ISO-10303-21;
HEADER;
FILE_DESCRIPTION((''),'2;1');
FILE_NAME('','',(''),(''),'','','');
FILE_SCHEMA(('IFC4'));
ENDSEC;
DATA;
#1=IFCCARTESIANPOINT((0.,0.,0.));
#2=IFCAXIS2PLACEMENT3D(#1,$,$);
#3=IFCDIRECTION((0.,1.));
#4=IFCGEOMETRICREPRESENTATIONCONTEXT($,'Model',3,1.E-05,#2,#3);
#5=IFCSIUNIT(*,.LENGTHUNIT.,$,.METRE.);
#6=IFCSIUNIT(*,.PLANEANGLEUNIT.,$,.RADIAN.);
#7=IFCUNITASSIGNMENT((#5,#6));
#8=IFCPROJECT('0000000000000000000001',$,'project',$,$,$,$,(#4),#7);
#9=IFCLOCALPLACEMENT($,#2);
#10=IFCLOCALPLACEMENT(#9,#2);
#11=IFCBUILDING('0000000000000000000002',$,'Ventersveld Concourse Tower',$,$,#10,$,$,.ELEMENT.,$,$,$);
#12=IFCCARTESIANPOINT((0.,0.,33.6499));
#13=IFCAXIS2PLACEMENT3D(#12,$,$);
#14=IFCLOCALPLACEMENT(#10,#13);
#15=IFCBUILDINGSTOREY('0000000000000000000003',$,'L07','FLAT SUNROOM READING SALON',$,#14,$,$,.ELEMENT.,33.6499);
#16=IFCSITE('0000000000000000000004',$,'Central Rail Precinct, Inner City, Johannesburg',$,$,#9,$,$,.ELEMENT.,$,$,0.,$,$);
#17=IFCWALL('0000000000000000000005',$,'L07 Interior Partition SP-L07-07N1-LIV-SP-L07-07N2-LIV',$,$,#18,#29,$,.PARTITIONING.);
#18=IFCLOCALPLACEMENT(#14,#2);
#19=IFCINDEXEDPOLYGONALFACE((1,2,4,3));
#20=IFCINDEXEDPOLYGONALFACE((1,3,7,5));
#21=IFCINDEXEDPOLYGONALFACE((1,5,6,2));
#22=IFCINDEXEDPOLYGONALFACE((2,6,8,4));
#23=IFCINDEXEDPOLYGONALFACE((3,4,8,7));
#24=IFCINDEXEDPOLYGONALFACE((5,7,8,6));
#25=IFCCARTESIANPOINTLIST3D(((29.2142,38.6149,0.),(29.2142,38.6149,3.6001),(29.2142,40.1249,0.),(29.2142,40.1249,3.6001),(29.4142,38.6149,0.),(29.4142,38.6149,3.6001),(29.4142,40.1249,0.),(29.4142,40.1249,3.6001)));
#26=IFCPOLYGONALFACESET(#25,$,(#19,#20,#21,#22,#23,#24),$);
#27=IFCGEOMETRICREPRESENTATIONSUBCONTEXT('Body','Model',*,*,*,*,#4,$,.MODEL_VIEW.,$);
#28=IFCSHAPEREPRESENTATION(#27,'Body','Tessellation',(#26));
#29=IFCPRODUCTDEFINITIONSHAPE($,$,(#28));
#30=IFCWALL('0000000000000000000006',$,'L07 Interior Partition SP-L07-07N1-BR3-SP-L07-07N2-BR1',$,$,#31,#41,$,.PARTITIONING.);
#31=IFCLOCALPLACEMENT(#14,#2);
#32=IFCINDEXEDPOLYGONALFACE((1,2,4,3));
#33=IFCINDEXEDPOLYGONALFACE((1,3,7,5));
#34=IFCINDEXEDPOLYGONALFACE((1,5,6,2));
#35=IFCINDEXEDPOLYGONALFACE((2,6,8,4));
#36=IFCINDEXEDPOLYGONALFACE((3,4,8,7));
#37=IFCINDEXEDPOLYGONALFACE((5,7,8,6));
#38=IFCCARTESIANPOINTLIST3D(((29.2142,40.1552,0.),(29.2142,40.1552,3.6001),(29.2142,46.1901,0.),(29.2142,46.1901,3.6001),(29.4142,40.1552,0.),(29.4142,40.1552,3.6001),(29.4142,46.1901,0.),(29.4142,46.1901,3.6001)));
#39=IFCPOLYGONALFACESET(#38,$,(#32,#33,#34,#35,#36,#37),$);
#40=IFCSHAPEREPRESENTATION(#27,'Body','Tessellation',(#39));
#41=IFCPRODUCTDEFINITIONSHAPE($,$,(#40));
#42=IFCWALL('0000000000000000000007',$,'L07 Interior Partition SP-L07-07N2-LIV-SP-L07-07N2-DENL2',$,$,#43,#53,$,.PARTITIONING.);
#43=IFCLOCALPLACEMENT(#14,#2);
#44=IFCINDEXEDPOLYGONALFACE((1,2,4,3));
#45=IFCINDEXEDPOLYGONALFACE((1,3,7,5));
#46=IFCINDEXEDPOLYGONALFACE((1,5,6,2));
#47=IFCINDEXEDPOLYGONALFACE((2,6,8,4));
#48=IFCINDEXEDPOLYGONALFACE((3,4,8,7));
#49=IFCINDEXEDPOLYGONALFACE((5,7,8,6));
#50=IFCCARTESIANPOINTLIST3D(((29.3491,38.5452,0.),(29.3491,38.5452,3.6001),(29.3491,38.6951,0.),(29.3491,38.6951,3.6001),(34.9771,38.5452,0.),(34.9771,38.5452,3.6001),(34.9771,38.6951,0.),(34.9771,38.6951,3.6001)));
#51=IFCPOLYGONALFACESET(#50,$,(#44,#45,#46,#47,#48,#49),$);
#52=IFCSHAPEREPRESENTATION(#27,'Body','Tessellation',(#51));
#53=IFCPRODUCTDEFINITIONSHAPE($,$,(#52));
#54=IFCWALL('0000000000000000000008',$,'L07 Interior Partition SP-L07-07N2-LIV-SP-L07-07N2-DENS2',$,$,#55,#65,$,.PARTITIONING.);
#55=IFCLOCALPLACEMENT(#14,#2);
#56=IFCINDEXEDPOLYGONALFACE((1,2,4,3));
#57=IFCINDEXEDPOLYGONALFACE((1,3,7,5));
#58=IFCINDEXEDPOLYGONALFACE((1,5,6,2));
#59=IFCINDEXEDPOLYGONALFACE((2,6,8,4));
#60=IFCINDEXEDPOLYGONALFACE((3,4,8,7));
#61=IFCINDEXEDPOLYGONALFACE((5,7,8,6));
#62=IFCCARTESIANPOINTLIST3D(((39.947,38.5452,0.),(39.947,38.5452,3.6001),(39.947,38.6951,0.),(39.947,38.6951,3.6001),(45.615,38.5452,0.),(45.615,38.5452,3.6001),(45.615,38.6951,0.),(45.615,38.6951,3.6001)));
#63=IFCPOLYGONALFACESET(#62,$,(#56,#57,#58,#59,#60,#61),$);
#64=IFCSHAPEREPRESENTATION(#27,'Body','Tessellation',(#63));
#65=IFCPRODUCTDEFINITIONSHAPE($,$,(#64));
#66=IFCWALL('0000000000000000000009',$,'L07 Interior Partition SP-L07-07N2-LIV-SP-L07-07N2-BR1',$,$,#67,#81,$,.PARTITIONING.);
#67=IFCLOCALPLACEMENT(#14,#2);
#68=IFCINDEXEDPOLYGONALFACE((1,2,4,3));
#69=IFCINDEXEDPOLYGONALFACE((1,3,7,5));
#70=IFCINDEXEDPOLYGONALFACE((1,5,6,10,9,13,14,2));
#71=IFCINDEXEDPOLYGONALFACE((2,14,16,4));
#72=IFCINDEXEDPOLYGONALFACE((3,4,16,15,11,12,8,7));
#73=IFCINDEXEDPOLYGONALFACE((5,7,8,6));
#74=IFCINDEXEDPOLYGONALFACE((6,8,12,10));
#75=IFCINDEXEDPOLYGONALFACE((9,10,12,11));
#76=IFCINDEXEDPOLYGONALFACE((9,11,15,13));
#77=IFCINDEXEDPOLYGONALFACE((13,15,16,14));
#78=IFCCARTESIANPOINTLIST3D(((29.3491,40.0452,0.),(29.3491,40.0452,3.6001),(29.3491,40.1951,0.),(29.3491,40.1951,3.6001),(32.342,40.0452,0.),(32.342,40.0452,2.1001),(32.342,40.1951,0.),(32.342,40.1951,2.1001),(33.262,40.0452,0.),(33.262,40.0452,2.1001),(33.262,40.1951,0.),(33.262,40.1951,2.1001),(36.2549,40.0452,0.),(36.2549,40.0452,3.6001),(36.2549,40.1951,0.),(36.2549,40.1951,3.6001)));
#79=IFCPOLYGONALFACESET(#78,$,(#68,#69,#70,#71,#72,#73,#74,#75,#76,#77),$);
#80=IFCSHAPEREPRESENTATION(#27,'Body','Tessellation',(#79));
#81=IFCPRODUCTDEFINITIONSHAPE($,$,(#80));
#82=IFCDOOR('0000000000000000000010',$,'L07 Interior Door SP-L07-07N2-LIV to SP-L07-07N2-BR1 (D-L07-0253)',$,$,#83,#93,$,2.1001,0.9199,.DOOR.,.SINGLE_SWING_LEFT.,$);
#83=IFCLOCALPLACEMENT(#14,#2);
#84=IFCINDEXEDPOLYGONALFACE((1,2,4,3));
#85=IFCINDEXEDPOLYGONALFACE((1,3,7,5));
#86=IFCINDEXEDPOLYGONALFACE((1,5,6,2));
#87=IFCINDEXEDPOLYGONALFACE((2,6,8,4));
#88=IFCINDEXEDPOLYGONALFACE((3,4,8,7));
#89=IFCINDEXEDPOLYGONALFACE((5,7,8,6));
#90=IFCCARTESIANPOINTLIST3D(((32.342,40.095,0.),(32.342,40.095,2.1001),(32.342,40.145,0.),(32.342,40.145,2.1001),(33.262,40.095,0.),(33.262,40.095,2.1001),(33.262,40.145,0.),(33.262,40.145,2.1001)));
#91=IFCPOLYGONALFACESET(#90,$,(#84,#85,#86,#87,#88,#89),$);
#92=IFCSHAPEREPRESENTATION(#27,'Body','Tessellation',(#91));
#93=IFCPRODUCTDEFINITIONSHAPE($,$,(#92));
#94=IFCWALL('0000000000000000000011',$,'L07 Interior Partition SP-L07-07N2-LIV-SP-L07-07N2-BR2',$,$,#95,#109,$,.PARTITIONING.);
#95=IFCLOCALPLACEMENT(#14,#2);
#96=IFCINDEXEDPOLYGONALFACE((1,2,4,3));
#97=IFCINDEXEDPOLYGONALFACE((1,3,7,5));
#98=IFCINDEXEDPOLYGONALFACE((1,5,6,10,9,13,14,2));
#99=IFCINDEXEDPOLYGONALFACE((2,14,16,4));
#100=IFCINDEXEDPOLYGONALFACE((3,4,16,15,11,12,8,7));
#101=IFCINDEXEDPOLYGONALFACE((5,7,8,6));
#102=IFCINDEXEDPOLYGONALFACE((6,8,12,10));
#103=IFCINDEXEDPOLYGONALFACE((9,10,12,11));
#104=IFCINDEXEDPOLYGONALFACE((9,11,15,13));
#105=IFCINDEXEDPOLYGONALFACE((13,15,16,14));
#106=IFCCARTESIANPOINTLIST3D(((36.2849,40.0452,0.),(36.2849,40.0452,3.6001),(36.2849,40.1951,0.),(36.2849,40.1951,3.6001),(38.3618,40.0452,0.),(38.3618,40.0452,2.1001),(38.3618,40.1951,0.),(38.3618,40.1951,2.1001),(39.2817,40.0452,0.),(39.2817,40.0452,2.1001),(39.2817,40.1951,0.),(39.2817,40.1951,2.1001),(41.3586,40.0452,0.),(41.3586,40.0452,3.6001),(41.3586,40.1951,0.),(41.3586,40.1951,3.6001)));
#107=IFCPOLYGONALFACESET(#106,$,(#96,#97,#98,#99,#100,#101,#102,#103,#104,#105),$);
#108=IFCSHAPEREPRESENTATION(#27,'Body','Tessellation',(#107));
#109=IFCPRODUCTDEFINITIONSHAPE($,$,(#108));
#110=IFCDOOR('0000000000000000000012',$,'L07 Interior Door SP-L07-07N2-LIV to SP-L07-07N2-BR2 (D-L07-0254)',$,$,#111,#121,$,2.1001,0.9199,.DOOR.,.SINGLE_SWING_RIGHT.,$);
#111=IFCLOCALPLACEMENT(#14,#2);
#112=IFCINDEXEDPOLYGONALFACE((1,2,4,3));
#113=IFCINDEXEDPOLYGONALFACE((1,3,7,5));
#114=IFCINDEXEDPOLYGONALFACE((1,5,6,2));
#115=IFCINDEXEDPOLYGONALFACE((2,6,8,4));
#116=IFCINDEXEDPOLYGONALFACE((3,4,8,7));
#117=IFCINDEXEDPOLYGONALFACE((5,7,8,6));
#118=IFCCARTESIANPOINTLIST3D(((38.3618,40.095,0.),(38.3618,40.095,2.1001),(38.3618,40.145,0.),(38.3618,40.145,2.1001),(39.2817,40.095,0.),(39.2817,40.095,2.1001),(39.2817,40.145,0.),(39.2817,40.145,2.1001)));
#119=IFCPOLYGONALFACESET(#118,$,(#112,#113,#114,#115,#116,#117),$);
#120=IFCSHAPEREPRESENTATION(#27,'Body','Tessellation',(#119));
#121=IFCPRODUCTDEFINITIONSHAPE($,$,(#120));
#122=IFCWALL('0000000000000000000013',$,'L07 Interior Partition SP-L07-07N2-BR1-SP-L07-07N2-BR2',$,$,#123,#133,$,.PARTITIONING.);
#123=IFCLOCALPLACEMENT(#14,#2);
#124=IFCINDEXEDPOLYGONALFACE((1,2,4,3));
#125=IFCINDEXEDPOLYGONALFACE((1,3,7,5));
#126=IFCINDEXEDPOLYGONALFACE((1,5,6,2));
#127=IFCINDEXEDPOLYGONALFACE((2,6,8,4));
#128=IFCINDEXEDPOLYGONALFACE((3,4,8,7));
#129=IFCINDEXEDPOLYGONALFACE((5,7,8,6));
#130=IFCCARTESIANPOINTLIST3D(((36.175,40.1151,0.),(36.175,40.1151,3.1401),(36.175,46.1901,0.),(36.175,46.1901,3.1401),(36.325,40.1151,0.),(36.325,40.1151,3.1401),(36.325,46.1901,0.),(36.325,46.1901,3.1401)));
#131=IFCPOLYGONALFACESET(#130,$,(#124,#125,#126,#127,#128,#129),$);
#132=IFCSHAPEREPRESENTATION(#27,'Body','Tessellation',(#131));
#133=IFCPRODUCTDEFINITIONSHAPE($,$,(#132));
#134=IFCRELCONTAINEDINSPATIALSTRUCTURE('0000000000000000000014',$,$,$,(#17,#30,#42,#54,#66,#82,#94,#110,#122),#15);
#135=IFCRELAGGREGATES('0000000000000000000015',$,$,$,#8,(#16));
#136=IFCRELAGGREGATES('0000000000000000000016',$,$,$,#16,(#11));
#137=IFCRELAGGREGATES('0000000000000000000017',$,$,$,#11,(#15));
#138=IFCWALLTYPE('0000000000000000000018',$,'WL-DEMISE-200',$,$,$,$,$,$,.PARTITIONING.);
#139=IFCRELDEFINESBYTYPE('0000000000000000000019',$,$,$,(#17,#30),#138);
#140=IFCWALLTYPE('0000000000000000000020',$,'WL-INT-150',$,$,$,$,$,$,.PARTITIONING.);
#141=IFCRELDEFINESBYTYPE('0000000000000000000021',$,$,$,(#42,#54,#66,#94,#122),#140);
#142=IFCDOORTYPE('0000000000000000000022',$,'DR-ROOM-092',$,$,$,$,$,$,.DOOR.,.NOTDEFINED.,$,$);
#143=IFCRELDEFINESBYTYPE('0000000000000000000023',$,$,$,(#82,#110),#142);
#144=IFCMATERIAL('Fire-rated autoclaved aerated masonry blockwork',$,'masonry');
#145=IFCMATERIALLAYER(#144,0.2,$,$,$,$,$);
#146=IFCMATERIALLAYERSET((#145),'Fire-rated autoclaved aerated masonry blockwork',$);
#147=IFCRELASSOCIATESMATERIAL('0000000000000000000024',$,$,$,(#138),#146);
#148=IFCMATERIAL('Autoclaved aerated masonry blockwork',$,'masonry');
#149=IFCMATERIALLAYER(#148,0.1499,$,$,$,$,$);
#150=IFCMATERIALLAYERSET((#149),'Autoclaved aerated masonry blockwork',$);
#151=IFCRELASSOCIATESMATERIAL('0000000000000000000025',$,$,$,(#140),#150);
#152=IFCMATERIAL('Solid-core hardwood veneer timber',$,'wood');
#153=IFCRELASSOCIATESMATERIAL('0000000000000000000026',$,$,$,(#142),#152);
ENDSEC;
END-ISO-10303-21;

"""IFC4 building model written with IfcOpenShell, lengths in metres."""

from ifc_helpers import new_model, si_unit, direction, frame, frame_2d, origin, place, context, subcontext, project, spatial, rectangle, extrude, material, layer, layer_set, type_object, element, fill, save


model = new_model("IFC4")

# Units and contexts
model_context = context("Model", 3, precision=1e-05, world=origin(), true_north=direction((0.0, 1.0)))
body_context = subcontext(model_context, "Body", "Model", "MODEL_VIEW")
ifc_project = project(units=[si_unit("LENGTHUNIT", "METRE"), si_unit("PLANEANGLEUNIT", "RADIAN")], contexts=[model_context])

# Site, building, storey
site_placement = place(None, origin())
site = spatial("IfcSite", under=ifc_project, at=site_placement, Name="Central Rail Precinct, Inner City, Johannesburg", CompositionType="ELEMENT", RefElevation=0.0)
building_placement = place(site_placement, origin())
building = spatial("IfcBuilding", under=site, at=building_placement, Name="Ventersveld Concourse Tower", CompositionType="ELEMENT")
storey_placement = place(building_placement, frame((0.0, 0.0, 33.6499)))
storey = spatial("IfcBuildingStorey", under=building, at=storey_placement, Name="L07", Description="FLAT SUNROOM READING SALON", CompositionType="ELEMENT", Elevation=33.6499)

# Walls
ifc_material_1 = material(Name="Fire-rated autoclaved aerated masonry blockwork", Category="masonry")
ifc_layer_1 = layer(ifc_material_1, 0.2)
ifc_layer_set_1 = layer_set([ifc_layer_1], Name="Fire-rated autoclaved aerated masonry blockwork")
wall_type_1 = type_object("IfcWallType", Name="WL-DEMISE-200", PredefinedType="PARTITIONING", material=ifc_layer_set_1)
wall_1_placement = place(storey_placement, frame((29.3142, 38.615, 0.0), z_axis=(0.0, 0.0, 1.0), x_axis=(0.0, 1.0, 0.0)))
element("IfcWall", 1, at=wall_1_placement, inside=storey, type_object=wall_type_1, Name="L07 Interior Partition SP-L07-07N1-LIV-SP-L07-07N2-LIV", PredefinedType="PARTITIONING", context=body_context, shape_type="SweptSolid", body=[
    extrude(rectangle(XDim=1.51, YDim=0.2, at=frame_2d((0.7549, 0.0))), origin(), (0.0, 0.0, 1.0), 3.6001),
])
wall_2_placement = place(storey_placement, frame((29.3142, 40.155, 0.0), z_axis=(0.0, 0.0, 1.0), x_axis=(0.0, 1.0, 0.0)))
element("IfcWall", 2, at=wall_2_placement, inside=storey, type_object=wall_type_1, Name="L07 Interior Partition SP-L07-07N1-BR3-SP-L07-07N2-BR1", PredefinedType="PARTITIONING", context=body_context, shape_type="SweptSolid", body=[
    extrude(rectangle(XDim=6.0349, YDim=0.2, at=frame_2d((3.0176, 0.0))), origin(), (0.0, 0.0, 1.0), 3.6001),
])
ifc_material_2 = material(Name="Autoclaved aerated masonry blockwork", Category="masonry")
ifc_layer_2 = layer(ifc_material_2, 0.1499)
ifc_layer_set_2 = layer_set([ifc_layer_2], Name="Autoclaved aerated masonry blockwork")
wall_type_2 = type_object("IfcWallType", Name="WL-INT-150", PredefinedType="PARTITIONING", material=ifc_layer_set_2)
wall_3_placement = place(storey_placement, frame((29.3491, 38.6201, 0.0), z_axis=(0.0, 0.0, 1.0), x_axis=(1.0, 0.0, 0.0)))
element("IfcWall", 3, at=wall_3_placement, inside=storey, type_object=wall_type_2, Name="L07 Interior Partition SP-L07-07N2-LIV-SP-L07-07N2-DENL2", PredefinedType="PARTITIONING", context=body_context, shape_type="SweptSolid", body=[
    extrude(rectangle(XDim=5.6279, YDim=0.1499, at=frame_2d((2.814, 0.0))), origin(), (0.0, 0.0, 1.0), 3.6001),
])
wall_4_placement = place(storey_placement, frame((39.947, 38.6201, 0.0), z_axis=(0.0, 0.0, 1.0), x_axis=(1.0, 0.0, 0.0)))
element("IfcWall", 4, at=wall_4_placement, inside=storey, type_object=wall_type_2, Name="L07 Interior Partition SP-L07-07N2-LIV-SP-L07-07N2-DENS2", PredefinedType="PARTITIONING", context=body_context, shape_type="SweptSolid", body=[
    extrude(rectangle(XDim=5.668, YDim=0.1499, at=frame_2d((2.834, 0.0))), origin(), (0.0, 0.0, 1.0), 3.6001),
])

# Walls, openings, doors
wall_5_placement = place(storey_placement, frame((29.3491, 40.1201, 0.0), z_axis=(0.0, 0.0, 1.0), x_axis=(1.0, 0.0, 0.0)))
wall_5 = element("IfcWall", 5, at=wall_5_placement, inside=storey, type_object=wall_type_2, Name="L07 Interior Partition SP-L07-07N2-LIV-SP-L07-07N2-BR1", PredefinedType="PARTITIONING", context=body_context, shape_type="SweptSolid", body=[
    extrude(rectangle(XDim=6.9058, YDim=0.1499, at=frame_2d((3.4529, 0.0))), origin(), (0.0, 0.0, 1.0), 3.6001),
])
opening_1_placement = place(wall_5_placement, frame((2.9929, 0.0, 0.0)))
opening_1 = element("IfcOpeningElement", 6, at=opening_1_placement, cuts=wall_5, PredefinedType="OPENING", context=body_context, shape_type="SweptSolid", body=[
    extrude(rectangle(XDim=0.9199, YDim=2.1001, at=frame_2d((0.46, 1.05))), frame((0.0, 0.085, 0.0), z_axis=(0.0, -1.0, 0.0), x_axis=(1.0, 0.0, 0.0)), (0.0, 0.0, 1.0), 0.1699),
])
ifc_material_3 = material(Name="Solid-core hardwood veneer timber", Category="wood")
door_type = type_object("IfcDoorType", Name="DR-ROOM-092", OperationType="NOTDEFINED", PredefinedType="DOOR", material=ifc_material_3)
door_1_placement = place(opening_1_placement, origin())
door_1 = element("IfcDoor", 7, at=door_1_placement, inside=storey, type_object=door_type, Name="L07 Interior Door SP-L07-07N2-LIV to SP-L07-07N2-BR1 (D-L07-0253)", OperationType="SINGLE_SWING_LEFT", OverallHeight=2.1001, OverallWidth=0.9199, PredefinedType="DOOR", context=body_context, shape_type="SweptSolid", body=[
    extrude(rectangle(XDim=0.9199, YDim=2.1001, at=frame_2d((0.46, 1.05))), frame((0.0, 0.0249, 0.0), z_axis=(0.0, -1.0, 0.0), x_axis=(1.0, 0.0, 0.0)), (0.0, 0.0, 1.0), 0.05),
])
fill(opening_1, door_1)
wall_6_placement = place(storey_placement, frame((36.2849, 40.1201, 0.0), z_axis=(0.0, 0.0, 1.0), x_axis=(1.0, 0.0, 0.0)))
wall_6 = element("IfcWall", 8, at=wall_6_placement, inside=storey, type_object=wall_type_2, Name="L07 Interior Partition SP-L07-07N2-LIV-SP-L07-07N2-BR2", PredefinedType="PARTITIONING", context=body_context, shape_type="SweptSolid", body=[
    extrude(rectangle(XDim=5.0737, YDim=0.1499, at=frame_2d((2.5369, 0.0))), origin(), (0.0, 0.0, 1.0), 3.6001),
])
opening_2_placement = place(wall_6_placement, frame((2.0769, 0.0, 0.0)))
opening_2 = element("IfcOpeningElement", 9, at=opening_2_placement, cuts=wall_6, PredefinedType="OPENING", context=body_context, shape_type="SweptSolid", body=[
    extrude(rectangle(XDim=0.9199, YDim=2.1001, at=frame_2d((0.46, 1.05))), frame((0.0, 0.085, 0.0), z_axis=(0.0, -1.0, 0.0), x_axis=(1.0, 0.0, 0.0)), (0.0, 0.0, 1.0), 0.1699),
])
door_2_placement = place(opening_2_placement, origin())
door_2 = element("IfcDoor", 10, at=door_2_placement, inside=storey, type_object=door_type, Name="L07 Interior Door SP-L07-07N2-LIV to SP-L07-07N2-BR2 (D-L07-0254)", OperationType="SINGLE_SWING_RIGHT", OverallHeight=2.1001, OverallWidth=0.9199, PredefinedType="DOOR", context=body_context, shape_type="SweptSolid", body=[
    extrude(rectangle(XDim=0.9199, YDim=2.1001, at=frame_2d((0.46, 1.05))), frame((0.0, 0.0249, 0.0), z_axis=(0.0, -1.0, 0.0), x_axis=(1.0, 0.0, 0.0)), (0.0, 0.0, 1.0), 0.05),
])
fill(opening_2, door_2)

# Wall
wall_7_placement = place(storey_placement, frame((36.25, 40.115, 0.0), z_axis=(0.0, 0.0, 1.0), x_axis=(0.0, 1.0, 0.0)))
element("IfcWall", 11, at=wall_7_placement, inside=storey, type_object=wall_type_2, Name="L07 Interior Partition SP-L07-07N2-BR1-SP-L07-07N2-BR2", PredefinedType="PARTITIONING", context=body_context, shape_type="SweptSolid", body=[
    extrude(rectangle(XDim=6.075, YDim=0.1499, at=frame_2d((3.0376, 0.0))), origin(), (0.0, 0.0, 1.0), 3.1401),
])

save(model, "model.ifc")
